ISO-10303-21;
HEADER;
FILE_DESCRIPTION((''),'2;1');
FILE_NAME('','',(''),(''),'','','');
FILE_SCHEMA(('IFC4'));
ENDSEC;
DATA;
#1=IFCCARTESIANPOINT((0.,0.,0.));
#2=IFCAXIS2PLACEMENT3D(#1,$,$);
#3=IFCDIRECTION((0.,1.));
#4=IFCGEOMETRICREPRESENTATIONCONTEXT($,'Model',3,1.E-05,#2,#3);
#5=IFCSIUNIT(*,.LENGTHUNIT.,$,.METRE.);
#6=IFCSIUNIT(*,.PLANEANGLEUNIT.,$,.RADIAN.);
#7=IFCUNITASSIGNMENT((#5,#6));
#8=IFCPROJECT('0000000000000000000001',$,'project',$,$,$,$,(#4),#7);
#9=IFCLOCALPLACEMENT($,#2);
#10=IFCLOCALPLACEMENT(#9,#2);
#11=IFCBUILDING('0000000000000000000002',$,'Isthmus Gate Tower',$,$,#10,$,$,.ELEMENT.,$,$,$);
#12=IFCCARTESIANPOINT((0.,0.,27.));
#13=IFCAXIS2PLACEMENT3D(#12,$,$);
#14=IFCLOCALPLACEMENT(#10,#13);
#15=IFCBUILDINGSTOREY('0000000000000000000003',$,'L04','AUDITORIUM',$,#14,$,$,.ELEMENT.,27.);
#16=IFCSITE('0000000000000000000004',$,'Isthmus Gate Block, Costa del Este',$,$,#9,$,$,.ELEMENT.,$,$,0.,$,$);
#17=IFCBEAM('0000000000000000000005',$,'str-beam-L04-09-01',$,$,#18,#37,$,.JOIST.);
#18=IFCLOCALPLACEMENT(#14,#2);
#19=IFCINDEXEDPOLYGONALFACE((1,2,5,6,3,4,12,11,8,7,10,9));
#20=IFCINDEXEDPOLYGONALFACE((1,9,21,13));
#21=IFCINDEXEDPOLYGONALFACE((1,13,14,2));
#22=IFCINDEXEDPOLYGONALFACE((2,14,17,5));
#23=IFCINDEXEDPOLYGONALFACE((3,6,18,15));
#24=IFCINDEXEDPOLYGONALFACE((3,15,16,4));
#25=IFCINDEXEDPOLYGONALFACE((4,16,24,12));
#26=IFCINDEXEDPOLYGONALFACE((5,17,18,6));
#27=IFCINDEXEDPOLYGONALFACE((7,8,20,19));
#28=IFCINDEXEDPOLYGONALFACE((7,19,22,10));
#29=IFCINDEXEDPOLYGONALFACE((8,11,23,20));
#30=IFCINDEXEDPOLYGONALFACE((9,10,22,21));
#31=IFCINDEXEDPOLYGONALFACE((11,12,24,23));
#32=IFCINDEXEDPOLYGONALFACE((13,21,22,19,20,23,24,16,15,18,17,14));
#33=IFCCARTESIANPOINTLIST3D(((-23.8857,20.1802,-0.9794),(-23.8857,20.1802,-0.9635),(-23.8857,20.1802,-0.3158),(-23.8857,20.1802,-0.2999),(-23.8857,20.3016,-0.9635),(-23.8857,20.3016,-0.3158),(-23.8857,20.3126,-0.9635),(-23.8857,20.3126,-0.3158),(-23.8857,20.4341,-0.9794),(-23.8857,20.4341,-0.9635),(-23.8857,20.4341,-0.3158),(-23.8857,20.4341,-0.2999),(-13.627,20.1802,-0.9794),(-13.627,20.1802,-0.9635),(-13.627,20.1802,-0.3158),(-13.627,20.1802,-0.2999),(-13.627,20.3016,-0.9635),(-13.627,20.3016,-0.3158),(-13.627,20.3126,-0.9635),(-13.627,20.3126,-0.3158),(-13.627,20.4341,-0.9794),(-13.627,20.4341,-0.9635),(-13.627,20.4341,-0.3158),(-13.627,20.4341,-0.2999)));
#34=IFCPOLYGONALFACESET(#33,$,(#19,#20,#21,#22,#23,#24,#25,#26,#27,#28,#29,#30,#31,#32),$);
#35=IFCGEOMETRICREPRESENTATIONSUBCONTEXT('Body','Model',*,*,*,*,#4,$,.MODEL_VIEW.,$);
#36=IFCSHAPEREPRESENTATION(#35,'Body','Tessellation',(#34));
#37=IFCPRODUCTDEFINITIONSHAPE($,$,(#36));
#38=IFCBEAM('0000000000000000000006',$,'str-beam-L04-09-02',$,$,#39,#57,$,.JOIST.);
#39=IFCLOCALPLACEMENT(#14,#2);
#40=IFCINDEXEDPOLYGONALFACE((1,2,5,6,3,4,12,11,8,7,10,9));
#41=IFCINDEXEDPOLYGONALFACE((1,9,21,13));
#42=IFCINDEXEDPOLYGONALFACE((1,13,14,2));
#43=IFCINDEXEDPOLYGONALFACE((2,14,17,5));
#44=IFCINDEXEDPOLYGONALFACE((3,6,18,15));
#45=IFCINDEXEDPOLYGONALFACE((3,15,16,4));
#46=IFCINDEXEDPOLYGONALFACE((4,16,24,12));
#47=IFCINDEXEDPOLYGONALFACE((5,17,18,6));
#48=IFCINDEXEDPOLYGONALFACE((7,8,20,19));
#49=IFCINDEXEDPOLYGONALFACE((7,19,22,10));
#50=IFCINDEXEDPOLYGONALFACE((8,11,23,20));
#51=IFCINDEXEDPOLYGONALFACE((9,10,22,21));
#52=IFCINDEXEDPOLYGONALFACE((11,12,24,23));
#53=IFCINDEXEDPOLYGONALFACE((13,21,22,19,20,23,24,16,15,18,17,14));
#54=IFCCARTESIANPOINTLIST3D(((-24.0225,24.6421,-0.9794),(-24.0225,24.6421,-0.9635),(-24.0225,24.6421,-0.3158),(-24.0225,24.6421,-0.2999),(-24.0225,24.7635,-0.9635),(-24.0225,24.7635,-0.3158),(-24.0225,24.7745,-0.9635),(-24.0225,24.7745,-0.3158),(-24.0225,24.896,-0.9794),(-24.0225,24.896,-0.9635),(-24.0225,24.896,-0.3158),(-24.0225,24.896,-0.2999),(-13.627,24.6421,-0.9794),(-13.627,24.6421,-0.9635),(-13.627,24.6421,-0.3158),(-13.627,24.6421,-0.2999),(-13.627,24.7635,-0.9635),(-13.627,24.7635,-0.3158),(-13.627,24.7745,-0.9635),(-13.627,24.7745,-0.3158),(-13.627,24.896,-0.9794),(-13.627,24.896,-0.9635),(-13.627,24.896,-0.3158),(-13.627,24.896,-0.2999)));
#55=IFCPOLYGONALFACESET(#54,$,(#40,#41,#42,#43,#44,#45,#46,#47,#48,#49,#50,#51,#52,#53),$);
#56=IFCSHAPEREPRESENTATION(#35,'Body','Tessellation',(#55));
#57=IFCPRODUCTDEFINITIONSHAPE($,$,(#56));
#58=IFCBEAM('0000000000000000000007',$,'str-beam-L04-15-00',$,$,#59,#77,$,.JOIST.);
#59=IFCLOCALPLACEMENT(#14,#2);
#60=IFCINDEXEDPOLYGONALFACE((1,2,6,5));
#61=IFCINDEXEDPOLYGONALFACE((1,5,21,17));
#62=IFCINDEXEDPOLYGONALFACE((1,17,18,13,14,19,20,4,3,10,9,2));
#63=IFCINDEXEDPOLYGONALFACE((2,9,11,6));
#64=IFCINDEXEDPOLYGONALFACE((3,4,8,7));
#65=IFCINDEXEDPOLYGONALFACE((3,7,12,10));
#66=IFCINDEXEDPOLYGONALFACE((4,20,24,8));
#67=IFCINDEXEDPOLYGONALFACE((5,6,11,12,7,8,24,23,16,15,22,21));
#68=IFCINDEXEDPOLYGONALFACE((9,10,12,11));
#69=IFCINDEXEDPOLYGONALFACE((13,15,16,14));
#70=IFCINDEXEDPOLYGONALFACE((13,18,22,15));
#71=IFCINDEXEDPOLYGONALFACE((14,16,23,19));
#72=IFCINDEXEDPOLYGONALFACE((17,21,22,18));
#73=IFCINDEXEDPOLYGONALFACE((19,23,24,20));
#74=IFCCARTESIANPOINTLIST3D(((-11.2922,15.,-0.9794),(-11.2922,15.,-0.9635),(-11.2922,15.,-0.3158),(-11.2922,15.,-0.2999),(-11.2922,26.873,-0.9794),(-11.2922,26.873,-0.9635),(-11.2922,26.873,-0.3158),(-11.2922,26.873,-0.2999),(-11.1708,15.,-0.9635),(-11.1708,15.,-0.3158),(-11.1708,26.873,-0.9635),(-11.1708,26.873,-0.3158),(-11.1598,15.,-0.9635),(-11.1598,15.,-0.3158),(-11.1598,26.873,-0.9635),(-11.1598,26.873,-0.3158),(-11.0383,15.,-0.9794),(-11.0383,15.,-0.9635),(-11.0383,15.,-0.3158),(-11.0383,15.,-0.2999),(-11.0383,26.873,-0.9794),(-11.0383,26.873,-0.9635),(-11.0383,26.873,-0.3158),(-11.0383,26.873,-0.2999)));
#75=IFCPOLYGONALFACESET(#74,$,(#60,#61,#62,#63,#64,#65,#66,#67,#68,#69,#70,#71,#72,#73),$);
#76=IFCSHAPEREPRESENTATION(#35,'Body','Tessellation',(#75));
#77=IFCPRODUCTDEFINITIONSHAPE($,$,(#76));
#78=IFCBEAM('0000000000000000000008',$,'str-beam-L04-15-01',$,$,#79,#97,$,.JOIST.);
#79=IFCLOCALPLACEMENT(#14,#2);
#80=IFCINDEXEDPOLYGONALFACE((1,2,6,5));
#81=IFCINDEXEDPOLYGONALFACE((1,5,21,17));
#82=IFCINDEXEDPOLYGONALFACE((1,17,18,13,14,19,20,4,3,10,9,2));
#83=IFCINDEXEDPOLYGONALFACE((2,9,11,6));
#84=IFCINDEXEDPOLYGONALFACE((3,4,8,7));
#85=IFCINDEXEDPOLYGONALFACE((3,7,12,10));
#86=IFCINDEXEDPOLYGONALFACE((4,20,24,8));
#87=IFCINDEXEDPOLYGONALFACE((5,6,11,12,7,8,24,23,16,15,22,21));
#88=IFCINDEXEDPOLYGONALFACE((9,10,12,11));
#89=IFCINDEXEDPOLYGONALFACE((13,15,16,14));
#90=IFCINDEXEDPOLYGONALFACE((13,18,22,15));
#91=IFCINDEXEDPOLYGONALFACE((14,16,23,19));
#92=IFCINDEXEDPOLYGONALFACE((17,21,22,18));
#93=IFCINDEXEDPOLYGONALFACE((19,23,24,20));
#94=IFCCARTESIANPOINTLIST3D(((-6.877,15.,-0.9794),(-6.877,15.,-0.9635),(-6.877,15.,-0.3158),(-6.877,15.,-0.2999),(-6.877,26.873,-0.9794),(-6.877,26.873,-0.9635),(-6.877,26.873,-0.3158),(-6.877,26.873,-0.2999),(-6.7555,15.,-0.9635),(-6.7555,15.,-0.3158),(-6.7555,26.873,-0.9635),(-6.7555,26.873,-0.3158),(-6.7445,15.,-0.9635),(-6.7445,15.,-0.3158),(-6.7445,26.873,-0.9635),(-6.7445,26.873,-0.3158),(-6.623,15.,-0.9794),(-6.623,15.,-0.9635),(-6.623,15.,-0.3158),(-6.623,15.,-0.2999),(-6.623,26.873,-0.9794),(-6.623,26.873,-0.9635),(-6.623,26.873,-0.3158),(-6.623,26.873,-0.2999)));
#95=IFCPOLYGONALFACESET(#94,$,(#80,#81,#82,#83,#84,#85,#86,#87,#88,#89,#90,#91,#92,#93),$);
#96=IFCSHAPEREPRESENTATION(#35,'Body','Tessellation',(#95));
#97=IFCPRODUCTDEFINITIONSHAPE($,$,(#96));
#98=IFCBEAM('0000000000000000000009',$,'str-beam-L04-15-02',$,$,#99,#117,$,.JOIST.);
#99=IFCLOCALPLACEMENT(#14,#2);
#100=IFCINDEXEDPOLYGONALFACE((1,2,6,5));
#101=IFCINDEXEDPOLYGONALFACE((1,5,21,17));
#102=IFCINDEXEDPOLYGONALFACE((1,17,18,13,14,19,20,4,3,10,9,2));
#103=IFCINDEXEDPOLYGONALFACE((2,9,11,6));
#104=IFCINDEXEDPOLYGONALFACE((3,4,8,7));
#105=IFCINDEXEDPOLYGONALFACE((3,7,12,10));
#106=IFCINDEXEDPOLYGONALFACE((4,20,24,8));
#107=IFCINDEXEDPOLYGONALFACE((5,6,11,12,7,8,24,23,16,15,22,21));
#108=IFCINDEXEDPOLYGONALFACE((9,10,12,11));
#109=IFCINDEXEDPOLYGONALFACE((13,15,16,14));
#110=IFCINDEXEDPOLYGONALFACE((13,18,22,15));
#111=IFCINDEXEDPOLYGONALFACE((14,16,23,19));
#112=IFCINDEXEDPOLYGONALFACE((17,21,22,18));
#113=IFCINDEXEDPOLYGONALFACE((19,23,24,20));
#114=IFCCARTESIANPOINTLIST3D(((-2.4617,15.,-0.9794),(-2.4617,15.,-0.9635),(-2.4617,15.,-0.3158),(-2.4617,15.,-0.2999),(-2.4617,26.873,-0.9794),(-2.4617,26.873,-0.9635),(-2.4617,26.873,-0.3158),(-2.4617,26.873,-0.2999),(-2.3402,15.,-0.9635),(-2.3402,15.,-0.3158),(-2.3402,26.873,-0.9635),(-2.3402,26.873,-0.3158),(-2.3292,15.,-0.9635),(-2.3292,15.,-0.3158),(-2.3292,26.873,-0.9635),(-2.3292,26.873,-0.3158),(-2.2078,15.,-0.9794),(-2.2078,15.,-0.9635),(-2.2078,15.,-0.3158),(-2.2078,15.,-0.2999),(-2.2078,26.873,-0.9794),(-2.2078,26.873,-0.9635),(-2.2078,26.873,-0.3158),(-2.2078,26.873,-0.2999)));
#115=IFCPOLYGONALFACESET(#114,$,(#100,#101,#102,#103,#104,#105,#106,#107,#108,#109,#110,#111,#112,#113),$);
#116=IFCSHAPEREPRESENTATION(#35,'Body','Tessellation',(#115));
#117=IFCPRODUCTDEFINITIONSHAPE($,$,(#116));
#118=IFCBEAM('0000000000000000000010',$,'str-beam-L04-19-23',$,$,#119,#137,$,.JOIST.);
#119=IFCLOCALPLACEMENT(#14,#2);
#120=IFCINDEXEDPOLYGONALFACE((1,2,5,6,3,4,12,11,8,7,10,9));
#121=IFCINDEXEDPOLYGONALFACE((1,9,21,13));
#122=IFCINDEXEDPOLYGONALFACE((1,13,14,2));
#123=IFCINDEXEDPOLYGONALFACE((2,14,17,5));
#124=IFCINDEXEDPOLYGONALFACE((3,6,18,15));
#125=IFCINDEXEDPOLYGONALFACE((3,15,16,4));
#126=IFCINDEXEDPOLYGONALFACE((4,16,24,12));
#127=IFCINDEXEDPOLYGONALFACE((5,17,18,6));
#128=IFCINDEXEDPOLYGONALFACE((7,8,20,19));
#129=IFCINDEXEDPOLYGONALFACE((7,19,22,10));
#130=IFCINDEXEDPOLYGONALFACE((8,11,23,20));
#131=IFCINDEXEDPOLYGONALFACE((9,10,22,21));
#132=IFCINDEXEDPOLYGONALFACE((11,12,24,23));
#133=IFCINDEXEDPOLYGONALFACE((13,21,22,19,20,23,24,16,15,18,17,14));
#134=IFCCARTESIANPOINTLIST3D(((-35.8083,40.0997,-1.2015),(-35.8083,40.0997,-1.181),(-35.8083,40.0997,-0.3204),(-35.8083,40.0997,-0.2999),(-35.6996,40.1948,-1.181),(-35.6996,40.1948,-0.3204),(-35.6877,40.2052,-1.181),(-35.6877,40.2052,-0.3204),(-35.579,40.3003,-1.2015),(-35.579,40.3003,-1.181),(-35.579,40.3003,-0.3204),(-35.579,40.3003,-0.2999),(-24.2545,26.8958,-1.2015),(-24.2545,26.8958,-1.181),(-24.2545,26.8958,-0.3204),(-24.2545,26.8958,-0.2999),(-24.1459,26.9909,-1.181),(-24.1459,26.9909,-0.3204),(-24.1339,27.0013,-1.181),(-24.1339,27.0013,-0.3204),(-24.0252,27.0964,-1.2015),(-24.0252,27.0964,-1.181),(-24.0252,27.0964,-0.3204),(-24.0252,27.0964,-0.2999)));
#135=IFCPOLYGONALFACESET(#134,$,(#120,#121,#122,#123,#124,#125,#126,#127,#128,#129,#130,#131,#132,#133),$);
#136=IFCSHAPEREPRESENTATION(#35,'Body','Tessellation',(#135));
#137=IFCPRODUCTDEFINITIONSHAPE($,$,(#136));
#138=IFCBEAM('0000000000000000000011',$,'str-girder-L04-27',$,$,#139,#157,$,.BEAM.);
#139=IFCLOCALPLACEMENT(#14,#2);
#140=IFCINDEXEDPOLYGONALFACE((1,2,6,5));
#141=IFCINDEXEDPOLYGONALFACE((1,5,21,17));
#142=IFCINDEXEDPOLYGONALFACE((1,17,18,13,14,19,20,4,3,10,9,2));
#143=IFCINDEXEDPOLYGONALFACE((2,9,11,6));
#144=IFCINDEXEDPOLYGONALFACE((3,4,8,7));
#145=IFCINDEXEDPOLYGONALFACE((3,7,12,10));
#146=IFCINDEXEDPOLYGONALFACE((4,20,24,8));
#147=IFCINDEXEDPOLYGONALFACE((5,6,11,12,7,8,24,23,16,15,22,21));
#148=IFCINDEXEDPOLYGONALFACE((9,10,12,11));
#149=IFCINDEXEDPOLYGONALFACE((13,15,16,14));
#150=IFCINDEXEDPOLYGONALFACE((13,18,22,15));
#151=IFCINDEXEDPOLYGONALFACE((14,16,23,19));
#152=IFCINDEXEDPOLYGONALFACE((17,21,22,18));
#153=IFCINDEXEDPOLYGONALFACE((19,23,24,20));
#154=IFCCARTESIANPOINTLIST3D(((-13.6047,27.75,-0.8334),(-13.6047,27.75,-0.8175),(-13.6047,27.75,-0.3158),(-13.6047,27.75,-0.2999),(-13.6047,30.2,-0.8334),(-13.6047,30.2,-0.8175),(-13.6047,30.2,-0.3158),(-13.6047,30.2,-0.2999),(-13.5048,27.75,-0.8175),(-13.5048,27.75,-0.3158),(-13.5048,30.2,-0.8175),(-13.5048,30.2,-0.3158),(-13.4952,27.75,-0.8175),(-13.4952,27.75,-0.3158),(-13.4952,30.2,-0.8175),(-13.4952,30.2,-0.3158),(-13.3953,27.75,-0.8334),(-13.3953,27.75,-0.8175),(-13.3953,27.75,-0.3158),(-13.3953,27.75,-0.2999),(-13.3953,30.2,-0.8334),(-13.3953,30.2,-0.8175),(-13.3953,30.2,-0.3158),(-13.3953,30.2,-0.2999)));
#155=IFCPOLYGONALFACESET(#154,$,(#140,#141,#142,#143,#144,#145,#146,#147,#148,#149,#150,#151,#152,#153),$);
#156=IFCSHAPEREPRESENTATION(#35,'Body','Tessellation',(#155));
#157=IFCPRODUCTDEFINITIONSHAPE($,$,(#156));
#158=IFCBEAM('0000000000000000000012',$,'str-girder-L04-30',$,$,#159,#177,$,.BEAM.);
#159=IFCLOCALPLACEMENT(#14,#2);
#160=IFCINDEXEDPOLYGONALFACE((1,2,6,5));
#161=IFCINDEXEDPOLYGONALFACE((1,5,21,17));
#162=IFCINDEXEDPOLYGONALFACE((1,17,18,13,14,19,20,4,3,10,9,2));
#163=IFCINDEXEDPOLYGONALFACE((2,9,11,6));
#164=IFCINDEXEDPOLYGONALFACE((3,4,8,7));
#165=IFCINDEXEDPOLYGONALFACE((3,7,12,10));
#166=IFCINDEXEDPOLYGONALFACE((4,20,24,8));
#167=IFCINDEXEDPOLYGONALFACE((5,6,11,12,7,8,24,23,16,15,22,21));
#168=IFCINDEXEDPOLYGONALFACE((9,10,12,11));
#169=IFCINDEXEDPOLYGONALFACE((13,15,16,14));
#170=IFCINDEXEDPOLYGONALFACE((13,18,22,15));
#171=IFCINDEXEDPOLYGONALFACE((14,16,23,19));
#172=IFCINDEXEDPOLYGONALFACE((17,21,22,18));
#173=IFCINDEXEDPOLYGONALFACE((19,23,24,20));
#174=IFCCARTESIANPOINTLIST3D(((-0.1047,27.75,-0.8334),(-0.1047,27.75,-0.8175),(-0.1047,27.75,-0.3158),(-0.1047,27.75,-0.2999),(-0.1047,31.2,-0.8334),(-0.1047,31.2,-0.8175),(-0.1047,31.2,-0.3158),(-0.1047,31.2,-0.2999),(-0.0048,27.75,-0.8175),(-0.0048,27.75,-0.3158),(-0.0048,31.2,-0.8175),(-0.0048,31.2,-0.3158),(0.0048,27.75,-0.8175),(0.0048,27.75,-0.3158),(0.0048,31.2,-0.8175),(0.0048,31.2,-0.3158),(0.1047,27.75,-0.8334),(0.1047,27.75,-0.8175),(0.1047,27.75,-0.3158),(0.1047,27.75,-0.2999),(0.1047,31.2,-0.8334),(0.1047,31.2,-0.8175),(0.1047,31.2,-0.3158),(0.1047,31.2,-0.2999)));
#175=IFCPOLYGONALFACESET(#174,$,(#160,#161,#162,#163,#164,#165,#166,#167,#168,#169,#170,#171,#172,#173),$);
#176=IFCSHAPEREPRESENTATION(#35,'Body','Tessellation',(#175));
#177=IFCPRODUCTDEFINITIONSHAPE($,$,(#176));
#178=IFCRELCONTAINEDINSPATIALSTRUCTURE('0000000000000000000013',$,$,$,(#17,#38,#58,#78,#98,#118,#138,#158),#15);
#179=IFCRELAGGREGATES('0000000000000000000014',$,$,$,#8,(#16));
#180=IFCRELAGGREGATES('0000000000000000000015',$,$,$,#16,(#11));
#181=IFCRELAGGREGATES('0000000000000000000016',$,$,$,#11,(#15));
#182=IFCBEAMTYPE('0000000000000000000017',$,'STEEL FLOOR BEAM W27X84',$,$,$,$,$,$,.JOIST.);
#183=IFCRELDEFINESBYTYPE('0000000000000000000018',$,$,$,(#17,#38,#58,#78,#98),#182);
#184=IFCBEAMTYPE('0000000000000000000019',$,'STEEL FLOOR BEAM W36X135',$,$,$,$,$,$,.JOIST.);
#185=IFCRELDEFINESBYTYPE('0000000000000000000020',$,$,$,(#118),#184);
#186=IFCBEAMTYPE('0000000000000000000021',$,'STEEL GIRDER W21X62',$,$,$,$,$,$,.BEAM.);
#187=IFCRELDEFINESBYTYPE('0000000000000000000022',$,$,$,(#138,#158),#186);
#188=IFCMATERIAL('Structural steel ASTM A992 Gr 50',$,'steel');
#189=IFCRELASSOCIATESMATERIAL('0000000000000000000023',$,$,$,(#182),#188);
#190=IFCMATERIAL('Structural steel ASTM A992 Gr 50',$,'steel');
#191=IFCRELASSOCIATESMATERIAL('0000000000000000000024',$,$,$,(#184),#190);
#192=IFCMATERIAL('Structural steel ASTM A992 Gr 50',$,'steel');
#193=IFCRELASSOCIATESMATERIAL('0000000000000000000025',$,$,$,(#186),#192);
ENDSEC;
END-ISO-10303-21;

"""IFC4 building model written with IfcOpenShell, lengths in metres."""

from ifc_helpers import new_model, si_unit, direction, frame, origin, origin_2d, place, context, subcontext, project, spatial, i_section, extrude, material, material_profile, profile_set, type_object, element, save


model = new_model("IFC4")

# Units and contexts
model_context = context("Model", 3, precision=1e-05, world=origin(), true_north=direction((0.0, 1.0)))
body_context = subcontext(model_context, "Body", "Model", "MODEL_VIEW")
ifc_project = project(units=[si_unit("LENGTHUNIT", "METRE"), si_unit("PLANEANGLEUNIT", "RADIAN")], contexts=[model_context])

# Site, building, storey
site_placement = place(None, origin())
site = spatial("IfcSite", under=ifc_project, at=site_placement, Name="Isthmus Gate Block, Costa del Este", CompositionType="ELEMENT", RefElevation=0.0)
building_placement = place(site_placement, origin())
building = spatial("IfcBuilding", under=site, at=building_placement, Name="Isthmus Gate Tower", CompositionType="ELEMENT")
storey_placement = place(building_placement, frame((0.0, 0.0, 27.0)))
storey = spatial("IfcBuildingStorey", under=building, at=storey_placement, Name="L04", Description="AUDITORIUM", CompositionType="ELEMENT", Elevation=27.0)

# Beams
ifc_material_1 = material(Name="Structural steel ASTM A992 Gr 50", Category="steel")
ifc_material_profile_1 = material_profile(ifc_material_1, i_section(OverallWidth=0.2539, OverallDepth=0.6794, WebThickness=0.011, FlangeThickness=0.0159, at=origin_2d()), Name="W27X84")
ifc_profile_set_1 = profile_set([ifc_material_profile_1], Name="Structural steel ASTM A992 Gr 50")
beam_type_1 = type_object("IfcBeamType", Name="STEEL FLOOR BEAM W27X84", PredefinedType="JOIST", material=ifc_profile_set_1)
for number, where, z_axis, x_axis, name in (
    (1, (-23.8857, 20.3071, -0.6396), (1.0, 0.0, 0.0), (0.0, 1.0, 0.0), "str-beam-L04-09-01"),
):
    element("IfcBeam", number, at=place(storey_placement, frame(where, z_axis=z_axis, x_axis=x_axis)), inside=storey, type_object=beam_type_1, Name=name, PredefinedType="JOIST", context=body_context, shape_type="SweptSolid", body=[
        extrude(i_section(OverallWidth=0.2539, OverallDepth=0.6794, WebThickness=0.011, FlangeThickness=0.0159, at=origin_2d()), origin(), (0.0, 0.0, 1.0), 10.2588),
    ])
beam_1_placement = place(storey_placement, frame((-24.0225, 24.769, -0.6396), z_axis=(1.0, 0.0, 0.0), x_axis=(0.0, 1.0, 0.0)))
element("IfcBeam", 2, at=beam_1_placement, inside=storey, type_object=beam_type_1, Name="str-beam-L04-09-02", PredefinedType="JOIST", context=body_context, shape_type="SweptSolid", body=[
    extrude(i_section(OverallWidth=0.2539, OverallDepth=0.6794, WebThickness=0.011, FlangeThickness=0.0159, at=origin_2d()), origin(), (0.0, 0.0, 1.0), 10.3955),
])
for number, where, z_axis, x_axis, name in (
    (3, (-11.1653, 15.0, -0.6396), (0.0, 1.0, 0.0), (-1.0, 0.0, 0.0), "str-beam-L04-15-00"),
    (4, (-6.75, 15.0, -0.6396), (0.0, 1.0, 0.0), (-1.0, 0.0, 0.0), "str-beam-L04-15-01"),
    (5, (-2.3347, 15.0, -0.6396), (0.0, 1.0, 0.0), (-1.0, 0.0, 0.0), "str-beam-L04-15-02"),
):
    element("IfcBeam", number, at=place(storey_placement, frame(where, z_axis=z_axis, x_axis=x_axis)), inside=storey, type_object=beam_type_1, Name=name, PredefinedType="JOIST", context=body_context, shape_type="SweptSolid", body=[
        extrude(i_section(OverallWidth=0.2539, OverallDepth=0.6794, WebThickness=0.011, FlangeThickness=0.0159, at=origin_2d()), origin(), (0.0, 0.0, 1.0), 11.873),
    ])
ifc_material_2 = material(Name="Structural steel ASTM A992 Gr 50", Category="steel")
ifc_material_profile_2 = material_profile(ifc_material_2, i_section(OverallWidth=0.3047, OverallDepth=0.9016, WebThickness=0.0159, FlangeThickness=0.0205, at=origin_2d()), Name="W36X135")
ifc_profile_set_2 = profile_set([ifc_material_profile_2], Name="Structural steel ASTM A992 Gr 50")
beam_type_2 = type_object("IfcBeamType", Name="STEEL FLOOR BEAM W36X135", PredefinedType="JOIST", material=ifc_profile_set_2)
beam_2_placement = place(storey_placement, frame((-24.1399, 26.9961, -0.7507), z_axis=(-0.658515, 0.752567, 0.0), x_axis=(-0.752567, -0.658515, 0.0)))
element("IfcBeam", 6, at=beam_2_placement, inside=storey, type_object=beam_type_2, Name="str-beam-L04-19-23", PredefinedType="JOIST", context=body_context, shape_type="SweptSolid", body=[
    extrude(i_section(OverallWidth=0.3047, OverallDepth=0.9016, WebThickness=0.0159, FlangeThickness=0.0205, at=origin_2d()), origin(), (0.0, 0.0, 1.0), 17.5452),
])
ifc_material_3 = material(Name="Structural steel ASTM A992 Gr 50", Category="steel")
ifc_material_profile_3 = material_profile(ifc_material_3, i_section(OverallWidth=0.2095, OverallDepth=0.5334, WebThickness=0.0095, FlangeThickness=0.0159, at=origin_2d()), Name="W21X62")
ifc_profile_set_3 = profile_set([ifc_material_profile_3], Name="Structural steel ASTM A992 Gr 50")
beam_type_3 = type_object("IfcBeamType", Name="STEEL GIRDER W21X62", PredefinedType="BEAM", material=ifc_profile_set_3)
beam_3_placement = place(storey_placement, frame((-13.5, 27.75, -0.5667), z_axis=(0.0, 1.0, 0.0), x_axis=(-1.0, 0.0, 0.0)))
element("IfcBeam", 7, at=beam_3_placement, inside=storey, type_object=beam_type_3, Name="str-girder-L04-27", PredefinedType="BEAM", context=body_context, shape_type="SweptSolid", body=[
    extrude(i_section(OverallWidth=0.2095, OverallDepth=0.5334, WebThickness=0.0095, FlangeThickness=0.0159, at=origin_2d()), origin(), (0.0, 0.0, 1.0), 2.45),
])
beam_4_placement = place(storey_placement, frame((0.0, 27.75, -0.5667), z_axis=(0.0, 1.0, 0.0), x_axis=(-1.0, 0.0, 0.0)))
element("IfcBeam", 8, at=beam_4_placement, inside=storey, type_object=beam_type_3, Name="str-girder-L04-30", PredefinedType="BEAM", context=body_context, shape_type="SweptSolid", body=[
    extrude(i_section(OverallWidth=0.2095, OverallDepth=0.5334, WebThickness=0.0095, FlangeThickness=0.0159, at=origin_2d()), origin(), (0.0, 0.0, 1.0), 3.45),
])

save(model, "model.ifc")
